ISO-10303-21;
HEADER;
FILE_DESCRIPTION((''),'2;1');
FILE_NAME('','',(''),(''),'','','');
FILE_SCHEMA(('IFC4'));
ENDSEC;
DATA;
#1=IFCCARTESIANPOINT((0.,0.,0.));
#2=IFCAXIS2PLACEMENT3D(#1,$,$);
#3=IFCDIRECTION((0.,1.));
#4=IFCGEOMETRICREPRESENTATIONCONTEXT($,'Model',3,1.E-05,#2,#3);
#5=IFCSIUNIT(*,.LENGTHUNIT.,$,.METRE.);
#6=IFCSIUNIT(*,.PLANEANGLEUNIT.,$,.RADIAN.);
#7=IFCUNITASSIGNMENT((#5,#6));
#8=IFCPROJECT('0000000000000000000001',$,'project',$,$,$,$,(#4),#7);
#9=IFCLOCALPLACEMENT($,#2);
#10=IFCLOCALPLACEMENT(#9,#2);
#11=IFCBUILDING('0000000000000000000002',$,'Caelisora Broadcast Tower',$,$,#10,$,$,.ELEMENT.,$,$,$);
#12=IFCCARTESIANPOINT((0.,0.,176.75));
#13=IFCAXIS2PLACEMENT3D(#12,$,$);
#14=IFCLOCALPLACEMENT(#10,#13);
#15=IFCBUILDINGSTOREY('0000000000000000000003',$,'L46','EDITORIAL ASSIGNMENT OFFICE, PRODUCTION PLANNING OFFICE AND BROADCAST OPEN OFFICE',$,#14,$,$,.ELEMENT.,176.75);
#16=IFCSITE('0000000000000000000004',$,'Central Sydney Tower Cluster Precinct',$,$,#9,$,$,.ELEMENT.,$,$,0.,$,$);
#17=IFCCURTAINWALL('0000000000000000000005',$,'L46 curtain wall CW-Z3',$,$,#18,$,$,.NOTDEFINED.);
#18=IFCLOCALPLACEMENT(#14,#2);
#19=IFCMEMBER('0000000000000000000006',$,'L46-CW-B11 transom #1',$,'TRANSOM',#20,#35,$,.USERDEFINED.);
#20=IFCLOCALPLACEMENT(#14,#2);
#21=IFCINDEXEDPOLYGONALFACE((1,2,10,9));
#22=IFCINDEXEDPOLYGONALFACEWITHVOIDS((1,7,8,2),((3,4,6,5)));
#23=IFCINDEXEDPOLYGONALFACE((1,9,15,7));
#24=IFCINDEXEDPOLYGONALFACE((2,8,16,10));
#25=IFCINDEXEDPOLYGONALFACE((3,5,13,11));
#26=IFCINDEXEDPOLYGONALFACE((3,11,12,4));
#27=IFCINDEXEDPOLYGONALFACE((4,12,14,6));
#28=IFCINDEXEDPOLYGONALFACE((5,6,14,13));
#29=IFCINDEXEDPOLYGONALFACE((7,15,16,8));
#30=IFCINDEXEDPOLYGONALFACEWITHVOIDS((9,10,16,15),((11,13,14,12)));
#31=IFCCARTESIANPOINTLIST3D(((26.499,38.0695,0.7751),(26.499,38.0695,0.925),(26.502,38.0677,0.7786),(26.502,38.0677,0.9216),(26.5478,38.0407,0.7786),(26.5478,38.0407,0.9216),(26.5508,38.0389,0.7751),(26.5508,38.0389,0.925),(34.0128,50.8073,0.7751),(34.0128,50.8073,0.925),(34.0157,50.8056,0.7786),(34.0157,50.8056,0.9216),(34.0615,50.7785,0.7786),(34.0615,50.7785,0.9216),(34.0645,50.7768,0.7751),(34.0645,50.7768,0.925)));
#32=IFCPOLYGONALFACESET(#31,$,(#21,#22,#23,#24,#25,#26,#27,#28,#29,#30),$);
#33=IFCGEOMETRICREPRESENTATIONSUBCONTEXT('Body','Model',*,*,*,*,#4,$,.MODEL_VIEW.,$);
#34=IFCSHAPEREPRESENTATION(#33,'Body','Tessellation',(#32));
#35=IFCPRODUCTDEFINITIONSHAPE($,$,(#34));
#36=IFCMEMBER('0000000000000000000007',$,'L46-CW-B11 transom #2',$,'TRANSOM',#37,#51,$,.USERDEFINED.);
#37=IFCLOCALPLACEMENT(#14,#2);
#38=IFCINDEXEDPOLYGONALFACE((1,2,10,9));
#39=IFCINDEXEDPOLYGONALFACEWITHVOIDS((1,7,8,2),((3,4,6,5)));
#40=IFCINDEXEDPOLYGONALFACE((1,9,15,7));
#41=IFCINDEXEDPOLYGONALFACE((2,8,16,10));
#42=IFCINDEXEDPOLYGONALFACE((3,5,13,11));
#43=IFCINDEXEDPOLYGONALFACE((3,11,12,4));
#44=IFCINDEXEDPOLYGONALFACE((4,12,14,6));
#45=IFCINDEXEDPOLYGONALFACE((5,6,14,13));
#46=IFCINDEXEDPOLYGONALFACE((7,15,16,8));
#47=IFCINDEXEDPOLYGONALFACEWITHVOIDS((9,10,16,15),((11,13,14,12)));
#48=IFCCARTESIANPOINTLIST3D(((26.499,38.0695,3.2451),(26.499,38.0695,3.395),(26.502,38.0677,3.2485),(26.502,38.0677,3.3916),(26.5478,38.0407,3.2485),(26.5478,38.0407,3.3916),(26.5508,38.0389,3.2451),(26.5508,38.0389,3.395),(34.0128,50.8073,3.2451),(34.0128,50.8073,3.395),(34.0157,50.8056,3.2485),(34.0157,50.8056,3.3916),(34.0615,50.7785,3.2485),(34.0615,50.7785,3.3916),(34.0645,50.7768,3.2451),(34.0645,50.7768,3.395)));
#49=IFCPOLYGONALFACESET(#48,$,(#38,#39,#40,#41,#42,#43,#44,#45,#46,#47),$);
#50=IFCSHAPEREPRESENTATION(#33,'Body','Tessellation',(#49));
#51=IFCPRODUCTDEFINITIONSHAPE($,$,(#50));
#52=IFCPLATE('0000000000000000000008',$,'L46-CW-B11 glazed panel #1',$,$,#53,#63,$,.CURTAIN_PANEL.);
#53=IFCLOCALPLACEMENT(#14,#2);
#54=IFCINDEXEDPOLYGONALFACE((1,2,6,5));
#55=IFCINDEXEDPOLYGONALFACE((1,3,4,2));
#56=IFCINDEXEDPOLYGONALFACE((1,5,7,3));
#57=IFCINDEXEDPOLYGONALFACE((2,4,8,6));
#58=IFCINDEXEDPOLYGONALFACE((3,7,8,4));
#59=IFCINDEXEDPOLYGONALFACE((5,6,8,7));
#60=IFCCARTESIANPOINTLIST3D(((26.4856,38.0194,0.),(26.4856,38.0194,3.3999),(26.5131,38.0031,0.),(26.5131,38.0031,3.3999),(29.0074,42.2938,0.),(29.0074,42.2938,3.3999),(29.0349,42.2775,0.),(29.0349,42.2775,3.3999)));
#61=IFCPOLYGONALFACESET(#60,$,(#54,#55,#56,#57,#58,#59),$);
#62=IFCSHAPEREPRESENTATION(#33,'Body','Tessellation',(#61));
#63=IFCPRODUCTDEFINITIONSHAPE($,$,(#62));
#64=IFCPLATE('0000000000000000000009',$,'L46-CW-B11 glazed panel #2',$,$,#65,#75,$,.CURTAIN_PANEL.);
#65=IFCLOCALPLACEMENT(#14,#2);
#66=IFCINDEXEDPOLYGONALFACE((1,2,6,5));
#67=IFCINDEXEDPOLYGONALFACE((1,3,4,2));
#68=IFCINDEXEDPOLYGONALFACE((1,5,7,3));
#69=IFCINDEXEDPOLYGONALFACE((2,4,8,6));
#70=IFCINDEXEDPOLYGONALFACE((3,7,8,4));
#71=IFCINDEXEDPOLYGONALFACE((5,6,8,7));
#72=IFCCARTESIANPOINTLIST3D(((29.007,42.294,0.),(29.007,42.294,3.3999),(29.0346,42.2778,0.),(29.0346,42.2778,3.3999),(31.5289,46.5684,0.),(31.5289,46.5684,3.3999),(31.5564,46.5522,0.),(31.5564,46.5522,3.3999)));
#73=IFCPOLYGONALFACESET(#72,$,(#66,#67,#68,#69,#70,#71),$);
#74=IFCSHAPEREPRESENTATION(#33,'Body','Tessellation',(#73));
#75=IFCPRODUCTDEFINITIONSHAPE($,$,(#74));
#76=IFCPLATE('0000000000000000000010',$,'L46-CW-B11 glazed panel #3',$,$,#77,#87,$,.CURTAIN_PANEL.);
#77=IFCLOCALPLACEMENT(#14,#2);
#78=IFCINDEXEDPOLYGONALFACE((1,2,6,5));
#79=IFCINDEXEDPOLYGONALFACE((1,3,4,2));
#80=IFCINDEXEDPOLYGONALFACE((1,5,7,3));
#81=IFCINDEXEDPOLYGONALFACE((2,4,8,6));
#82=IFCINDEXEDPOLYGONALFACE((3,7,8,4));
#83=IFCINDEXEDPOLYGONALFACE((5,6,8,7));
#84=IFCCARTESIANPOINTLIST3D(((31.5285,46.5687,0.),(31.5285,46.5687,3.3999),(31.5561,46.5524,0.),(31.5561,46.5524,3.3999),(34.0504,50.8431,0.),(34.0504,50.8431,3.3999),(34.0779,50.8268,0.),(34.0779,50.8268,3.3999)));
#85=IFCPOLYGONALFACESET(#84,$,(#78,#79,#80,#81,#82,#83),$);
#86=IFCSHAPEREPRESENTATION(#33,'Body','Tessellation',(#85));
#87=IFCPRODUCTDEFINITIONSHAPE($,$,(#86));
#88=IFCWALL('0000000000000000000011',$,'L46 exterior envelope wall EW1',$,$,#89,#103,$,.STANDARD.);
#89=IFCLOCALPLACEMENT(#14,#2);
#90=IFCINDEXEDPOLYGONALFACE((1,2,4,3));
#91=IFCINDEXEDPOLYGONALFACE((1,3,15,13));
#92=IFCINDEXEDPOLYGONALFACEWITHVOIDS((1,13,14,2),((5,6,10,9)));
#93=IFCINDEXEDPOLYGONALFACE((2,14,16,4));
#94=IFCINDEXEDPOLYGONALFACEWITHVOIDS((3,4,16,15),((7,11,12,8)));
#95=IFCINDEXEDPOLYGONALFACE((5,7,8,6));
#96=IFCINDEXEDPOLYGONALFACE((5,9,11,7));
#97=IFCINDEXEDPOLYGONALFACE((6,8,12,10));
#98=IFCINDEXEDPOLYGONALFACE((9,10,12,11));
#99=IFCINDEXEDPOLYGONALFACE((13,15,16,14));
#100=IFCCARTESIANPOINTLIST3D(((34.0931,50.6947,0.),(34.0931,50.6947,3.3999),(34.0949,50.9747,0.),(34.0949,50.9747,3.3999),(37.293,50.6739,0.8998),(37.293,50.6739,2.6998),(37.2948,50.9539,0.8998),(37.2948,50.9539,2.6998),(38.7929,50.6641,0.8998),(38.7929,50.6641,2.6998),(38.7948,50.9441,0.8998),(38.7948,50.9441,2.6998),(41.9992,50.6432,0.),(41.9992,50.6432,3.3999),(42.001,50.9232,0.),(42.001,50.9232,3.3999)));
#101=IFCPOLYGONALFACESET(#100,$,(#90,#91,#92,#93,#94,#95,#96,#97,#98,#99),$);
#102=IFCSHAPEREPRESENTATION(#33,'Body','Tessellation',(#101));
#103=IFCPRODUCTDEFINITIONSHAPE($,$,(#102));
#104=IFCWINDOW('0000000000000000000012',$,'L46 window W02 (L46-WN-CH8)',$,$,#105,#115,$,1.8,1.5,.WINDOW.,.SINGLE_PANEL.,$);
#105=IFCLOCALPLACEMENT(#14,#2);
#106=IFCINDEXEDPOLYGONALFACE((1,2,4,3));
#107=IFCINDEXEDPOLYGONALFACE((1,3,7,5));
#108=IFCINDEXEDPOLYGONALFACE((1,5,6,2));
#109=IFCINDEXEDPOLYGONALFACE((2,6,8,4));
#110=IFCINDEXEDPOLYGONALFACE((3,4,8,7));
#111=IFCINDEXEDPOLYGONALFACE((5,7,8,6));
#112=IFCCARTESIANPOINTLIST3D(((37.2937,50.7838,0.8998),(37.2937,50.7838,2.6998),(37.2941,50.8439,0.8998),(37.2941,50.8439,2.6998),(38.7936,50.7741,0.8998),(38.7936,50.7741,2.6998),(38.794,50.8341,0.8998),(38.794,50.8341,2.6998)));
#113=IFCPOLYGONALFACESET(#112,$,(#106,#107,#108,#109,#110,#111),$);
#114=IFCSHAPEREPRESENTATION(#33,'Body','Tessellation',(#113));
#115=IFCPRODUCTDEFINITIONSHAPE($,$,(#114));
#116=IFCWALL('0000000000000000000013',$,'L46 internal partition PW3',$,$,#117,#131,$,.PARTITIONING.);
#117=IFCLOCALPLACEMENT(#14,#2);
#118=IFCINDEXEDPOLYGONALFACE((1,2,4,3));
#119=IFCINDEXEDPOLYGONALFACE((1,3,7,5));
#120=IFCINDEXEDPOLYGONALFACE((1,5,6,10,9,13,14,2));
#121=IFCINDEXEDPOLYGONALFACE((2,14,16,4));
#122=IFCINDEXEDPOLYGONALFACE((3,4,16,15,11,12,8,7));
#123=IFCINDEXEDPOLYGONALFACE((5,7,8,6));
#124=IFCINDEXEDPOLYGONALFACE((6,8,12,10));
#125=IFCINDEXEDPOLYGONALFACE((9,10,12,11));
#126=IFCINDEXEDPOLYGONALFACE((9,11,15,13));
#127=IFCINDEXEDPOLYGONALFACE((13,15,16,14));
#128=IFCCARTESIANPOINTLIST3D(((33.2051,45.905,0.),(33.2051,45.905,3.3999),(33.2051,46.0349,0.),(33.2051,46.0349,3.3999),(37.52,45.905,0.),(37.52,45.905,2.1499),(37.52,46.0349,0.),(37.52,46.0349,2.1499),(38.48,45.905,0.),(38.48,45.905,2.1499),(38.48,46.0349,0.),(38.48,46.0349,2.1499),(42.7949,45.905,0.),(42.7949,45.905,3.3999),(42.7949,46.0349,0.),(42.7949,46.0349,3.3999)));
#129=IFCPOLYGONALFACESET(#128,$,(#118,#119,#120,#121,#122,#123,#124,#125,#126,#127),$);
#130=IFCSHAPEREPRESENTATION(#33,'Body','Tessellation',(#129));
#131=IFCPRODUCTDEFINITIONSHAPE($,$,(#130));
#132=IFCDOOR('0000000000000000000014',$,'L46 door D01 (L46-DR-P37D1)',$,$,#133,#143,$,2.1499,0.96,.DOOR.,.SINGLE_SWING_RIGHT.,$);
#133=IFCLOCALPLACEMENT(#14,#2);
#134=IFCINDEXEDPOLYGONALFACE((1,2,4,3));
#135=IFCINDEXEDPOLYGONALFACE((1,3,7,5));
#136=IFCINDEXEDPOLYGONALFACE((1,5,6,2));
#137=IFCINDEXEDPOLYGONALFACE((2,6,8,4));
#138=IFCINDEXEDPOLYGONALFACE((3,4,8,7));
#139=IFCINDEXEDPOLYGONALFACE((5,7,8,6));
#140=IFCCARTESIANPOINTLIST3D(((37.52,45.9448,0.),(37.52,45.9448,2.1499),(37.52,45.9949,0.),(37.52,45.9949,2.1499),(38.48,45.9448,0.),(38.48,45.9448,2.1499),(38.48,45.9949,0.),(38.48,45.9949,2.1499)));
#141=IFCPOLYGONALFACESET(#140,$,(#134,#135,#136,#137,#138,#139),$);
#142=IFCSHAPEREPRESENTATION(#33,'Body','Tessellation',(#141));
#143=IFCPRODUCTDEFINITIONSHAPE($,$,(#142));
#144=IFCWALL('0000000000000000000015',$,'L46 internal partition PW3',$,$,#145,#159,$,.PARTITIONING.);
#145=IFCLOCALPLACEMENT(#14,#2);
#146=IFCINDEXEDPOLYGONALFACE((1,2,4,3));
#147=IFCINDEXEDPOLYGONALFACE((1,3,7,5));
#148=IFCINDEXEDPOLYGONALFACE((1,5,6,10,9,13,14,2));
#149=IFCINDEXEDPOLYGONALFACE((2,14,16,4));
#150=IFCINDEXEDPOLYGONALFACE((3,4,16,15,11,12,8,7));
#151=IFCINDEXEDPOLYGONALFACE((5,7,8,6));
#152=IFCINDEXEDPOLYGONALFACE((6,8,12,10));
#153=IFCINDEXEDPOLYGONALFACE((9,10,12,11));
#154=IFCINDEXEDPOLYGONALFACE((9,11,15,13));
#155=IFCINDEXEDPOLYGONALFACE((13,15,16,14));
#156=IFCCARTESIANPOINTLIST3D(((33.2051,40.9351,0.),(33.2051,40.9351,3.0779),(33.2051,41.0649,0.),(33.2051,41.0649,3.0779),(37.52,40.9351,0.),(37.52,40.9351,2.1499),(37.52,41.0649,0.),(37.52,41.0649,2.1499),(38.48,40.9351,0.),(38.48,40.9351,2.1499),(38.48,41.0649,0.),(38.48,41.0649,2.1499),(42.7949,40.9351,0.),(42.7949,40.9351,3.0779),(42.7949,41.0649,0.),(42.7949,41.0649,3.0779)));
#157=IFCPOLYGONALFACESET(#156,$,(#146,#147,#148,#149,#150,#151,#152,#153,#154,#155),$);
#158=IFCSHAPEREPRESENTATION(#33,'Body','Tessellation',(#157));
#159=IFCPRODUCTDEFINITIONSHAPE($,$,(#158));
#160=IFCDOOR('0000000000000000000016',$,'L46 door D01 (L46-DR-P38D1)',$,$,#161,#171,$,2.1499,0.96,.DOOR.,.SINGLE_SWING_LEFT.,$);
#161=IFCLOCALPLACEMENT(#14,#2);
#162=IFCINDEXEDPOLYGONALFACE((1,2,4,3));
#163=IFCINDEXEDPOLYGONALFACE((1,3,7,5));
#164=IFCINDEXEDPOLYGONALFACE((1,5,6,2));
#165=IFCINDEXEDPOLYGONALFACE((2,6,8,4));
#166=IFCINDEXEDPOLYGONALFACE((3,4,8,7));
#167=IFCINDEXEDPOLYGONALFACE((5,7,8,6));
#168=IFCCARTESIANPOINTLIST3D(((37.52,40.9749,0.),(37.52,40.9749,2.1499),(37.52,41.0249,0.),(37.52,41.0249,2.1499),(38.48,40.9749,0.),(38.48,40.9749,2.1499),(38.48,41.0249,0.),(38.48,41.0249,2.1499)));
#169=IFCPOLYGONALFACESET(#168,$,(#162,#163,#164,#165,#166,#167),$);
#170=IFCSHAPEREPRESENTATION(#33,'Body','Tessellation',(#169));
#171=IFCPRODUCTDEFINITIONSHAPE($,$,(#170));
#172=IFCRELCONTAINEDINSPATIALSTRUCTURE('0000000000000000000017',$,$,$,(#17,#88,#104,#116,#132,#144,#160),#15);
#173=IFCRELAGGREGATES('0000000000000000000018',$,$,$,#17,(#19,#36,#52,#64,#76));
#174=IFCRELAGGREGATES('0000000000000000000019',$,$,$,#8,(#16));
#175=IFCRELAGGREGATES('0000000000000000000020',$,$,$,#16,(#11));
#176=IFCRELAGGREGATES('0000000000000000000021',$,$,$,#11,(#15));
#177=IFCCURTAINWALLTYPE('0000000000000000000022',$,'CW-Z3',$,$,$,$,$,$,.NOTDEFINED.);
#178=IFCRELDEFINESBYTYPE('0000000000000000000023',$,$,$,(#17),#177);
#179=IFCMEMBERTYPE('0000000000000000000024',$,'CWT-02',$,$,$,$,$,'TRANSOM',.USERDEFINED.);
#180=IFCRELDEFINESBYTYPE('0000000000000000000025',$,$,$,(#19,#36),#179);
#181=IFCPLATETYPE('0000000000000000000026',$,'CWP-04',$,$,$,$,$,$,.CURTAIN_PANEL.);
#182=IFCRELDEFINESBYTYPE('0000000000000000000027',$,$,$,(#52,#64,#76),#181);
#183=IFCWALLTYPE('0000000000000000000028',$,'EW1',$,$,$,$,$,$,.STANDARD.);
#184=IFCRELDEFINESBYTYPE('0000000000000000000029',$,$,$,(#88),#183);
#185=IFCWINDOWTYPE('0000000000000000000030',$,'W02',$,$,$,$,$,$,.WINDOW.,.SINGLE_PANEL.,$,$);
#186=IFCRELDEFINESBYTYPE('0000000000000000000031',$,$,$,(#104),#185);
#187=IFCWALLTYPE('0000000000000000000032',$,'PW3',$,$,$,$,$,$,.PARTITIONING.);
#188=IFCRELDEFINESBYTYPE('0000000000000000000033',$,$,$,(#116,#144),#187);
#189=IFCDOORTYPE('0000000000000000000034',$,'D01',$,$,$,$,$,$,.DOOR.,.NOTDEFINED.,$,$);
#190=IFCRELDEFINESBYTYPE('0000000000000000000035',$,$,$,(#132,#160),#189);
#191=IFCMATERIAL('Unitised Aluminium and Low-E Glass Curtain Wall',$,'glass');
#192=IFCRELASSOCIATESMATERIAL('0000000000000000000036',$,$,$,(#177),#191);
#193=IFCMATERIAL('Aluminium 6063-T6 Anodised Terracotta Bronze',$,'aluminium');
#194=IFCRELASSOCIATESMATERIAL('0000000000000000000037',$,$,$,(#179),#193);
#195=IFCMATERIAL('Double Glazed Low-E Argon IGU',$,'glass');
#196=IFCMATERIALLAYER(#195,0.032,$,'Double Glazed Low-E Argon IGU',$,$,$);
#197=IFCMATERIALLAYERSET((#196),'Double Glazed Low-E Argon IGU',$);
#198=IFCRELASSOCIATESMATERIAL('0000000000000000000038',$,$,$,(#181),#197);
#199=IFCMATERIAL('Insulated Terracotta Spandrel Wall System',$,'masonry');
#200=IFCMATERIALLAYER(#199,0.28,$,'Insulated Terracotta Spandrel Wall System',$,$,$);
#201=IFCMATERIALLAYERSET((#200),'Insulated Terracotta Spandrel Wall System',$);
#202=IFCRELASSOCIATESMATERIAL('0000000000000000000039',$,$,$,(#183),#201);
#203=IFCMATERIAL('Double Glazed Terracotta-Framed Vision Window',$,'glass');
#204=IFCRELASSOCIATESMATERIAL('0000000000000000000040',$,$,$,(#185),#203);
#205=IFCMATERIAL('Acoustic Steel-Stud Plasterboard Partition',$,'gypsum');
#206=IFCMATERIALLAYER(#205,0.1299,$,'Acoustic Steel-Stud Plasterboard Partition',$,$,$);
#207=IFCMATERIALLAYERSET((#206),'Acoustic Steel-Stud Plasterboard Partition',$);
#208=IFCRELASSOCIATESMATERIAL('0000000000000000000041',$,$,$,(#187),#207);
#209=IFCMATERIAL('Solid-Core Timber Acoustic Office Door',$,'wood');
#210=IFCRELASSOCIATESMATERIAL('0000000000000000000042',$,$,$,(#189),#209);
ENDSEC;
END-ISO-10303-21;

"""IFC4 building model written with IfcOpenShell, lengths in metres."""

from ifc_helpers import new_model, si_unit, direction, frame, frame_2d, origin, origin_2d, place, context, subcontext, project, spatial, rectangle, hollow_rectangle, extrude, source, transform, mapped, material, layer, layer_set, material_profile, profile_set, type_object, type_shapes, element, fill, aggregate, save


model = new_model("IFC4")

# Units and contexts
model_context = context("Model", 3, precision=1e-05, world=origin(), true_north=direction((0.0, 1.0)))
body_context = subcontext(model_context, "Body", "Model", "MODEL_VIEW")
ifc_project = project(units=[si_unit("LENGTHUNIT", "METRE"), si_unit("PLANEANGLEUNIT", "RADIAN")], contexts=[model_context])

# Site, building, storey
site_placement = place(None, origin())
site = spatial("IfcSite", under=ifc_project, at=site_placement, Name="Central Sydney Tower Cluster Precinct", CompositionType="ELEMENT", RefElevation=0.0)
building_placement = place(site_placement, origin())
building = spatial("IfcBuilding", under=site, at=building_placement, Name="Caelisora Broadcast Tower", CompositionType="ELEMENT")
storey_placement = place(building_placement, frame((0.0, 0.0, 176.75)))
storey = spatial("IfcBuildingStorey", under=building, at=storey_placement, Name="L46", Description="EDITORIAL ASSIGNMENT OFFICE, PRODUCTION PLANNING OFFICE AND BROADCAST OPEN OFFICE", CompositionType="ELEMENT", Elevation=176.75)

# Curtain wall, members, plates
ifc_material_1 = material(Name="Unitised Aluminium and Low-E Glass Curtain Wall", Category="glass")
curtain_wall_type = type_object("IfcCurtainWallType", Name="CW-Z3", PredefinedType="NOTDEFINED", material=ifc_material_1)
curtain_wall_placement = place(storey_placement, origin())
curtain_wall = element("IfcCurtainWall", 1, at=curtain_wall_placement, inside=storey, type_object=curtain_wall_type, Name="L46 curtain wall CW-Z3", PredefinedType="NOTDEFINED")
ifc_material_2 = material(Name="Aluminium 6063-T6 Anodised Terracotta Bronze", Category="aluminium")
ifc_material_profile_1 = material_profile(ifc_material_2, hollow_rectangle(XDim=0.0601, YDim=0.1499, WallThickness=0.0034, at=origin_2d()), Name="Aluminium 6063-T6 Anodised Terracotta Bronze")
ifc_profile_set_1 = profile_set([ifc_material_profile_1], Name="Aluminium 6063-T6 Anodised Terracotta Bronze")
member_type_1 = type_object("IfcMemberType", Name="CWT-02", ElementType="TRANSOM", PredefinedType="USERDEFINED", material=ifc_profile_set_1)
shared_shape_1 = source(origin(), body_context, "Body", "SweptSolid", [
    extrude(hollow_rectangle(XDim=0.0601, YDim=0.1499, WallThickness=0.0034, at=origin_2d()), origin(), (0.0, 0.0, 1.0), 14.7888),
])
type_shapes(member_type_1, [shared_shape_1])
member_1_placement = place(storey_placement, frame((26.5249, 38.0542, 0.8501), z_axis=(0.508067, 0.861317, 0.0), x_axis=(-0.861317, 0.508067, 0.0)))
member_1 = element("IfcMember", 2, at=member_1_placement, type_object=member_type_1, Name="L46-CW-B11 transom #1", ObjectType="TRANSOM", PredefinedType="USERDEFINED", context=body_context, shape_type="MappedRepresentation", body=[
    mapped(shared_shape_1, transform((0.0, 0.0, 0.0), scale=1.0)),
])
member_2_placement = place(storey_placement, frame((26.5249, 38.0542, 3.3201), z_axis=(0.508067, 0.861317, 0.0), x_axis=(-0.861317, 0.508067, 0.0)))
member_2 = element("IfcMember", 3, at=member_2_placement, type_object=member_type_1, Name="L46-CW-B11 transom #2", ObjectType="TRANSOM", PredefinedType="USERDEFINED", context=body_context, shape_type="MappedRepresentation", body=[
    mapped(shared_shape_1, transform((0.0, 0.0, 0.0), scale=1.0)),
])
ifc_material_3 = material(Name="Double Glazed Low-E Argon IGU", Category="glass")
ifc_layer_1 = layer(ifc_material_3, 0.032, Name="Double Glazed Low-E Argon IGU")
ifc_layer_set_1 = layer_set([ifc_layer_1], Name="Double Glazed Low-E Argon IGU")
plate_type = type_object("IfcPlateType", Name="CWP-04", PredefinedType="CURTAIN_PANEL", material=ifc_layer_set_1)
shared_shape_2 = source(origin(), body_context, "Body", "SweptSolid", [
    extrude(rectangle(XDim=4.9629, YDim=0.032, at=origin_2d()), origin(), (0.0, 0.0, 1.0), 3.3999),
])
type_shapes(plate_type, [shared_shape_2])
plate_1_placement = place(storey_placement, frame((27.7603, 40.1484, 0.0), z_axis=(0.0, 0.0, 1.0), x_axis=(0.50814, 0.861275, 0.0)))
plate_1 = element("IfcPlate", 4, at=plate_1_placement, type_object=plate_type, Name="L46-CW-B11 glazed panel #1", PredefinedType="CURTAIN_PANEL", context=body_context, shape_type="MappedRepresentation", body=[
    mapped(shared_shape_2, transform((0.0, 0.0, 0.0), scale=1.0)),
])
plate_2_placement = place(storey_placement, frame((30.2817, 44.4231, 0.0), z_axis=(0.0, 0.0, 1.0), x_axis=(0.50814, 0.861275, 0.0)))
plate_2 = element("IfcPlate", 5, at=plate_2_placement, type_object=plate_type, Name="L46-CW-B11 glazed panel #2", PredefinedType="CURTAIN_PANEL", context=body_context, shape_type="MappedRepresentation", body=[
    mapped(shared_shape_2, transform((0.0, 0.0, 0.0), scale=1.0)),
])
plate_3_placement = place(storey_placement, frame((32.8032, 48.6978, 0.0), z_axis=(0.0, 0.0, 1.0), x_axis=(0.50814, 0.861275, 0.0)))
plate_3 = element("IfcPlate", 6, at=plate_3_placement, type_object=plate_type, Name="L46-CW-B11 glazed panel #3", PredefinedType="CURTAIN_PANEL", context=body_context, shape_type="MappedRepresentation", body=[
    mapped(shared_shape_2, transform((0.0, 0.0, 0.0), scale=1.0)),
])
aggregate(curtain_wall, [member_1, member_2, plate_1, plate_2, plate_3])

# Wall, opening, window
ifc_material_4 = material(Name="Insulated Terracotta Spandrel Wall System", Category="masonry")
ifc_layer_2 = layer(ifc_material_4, 0.28, Name="Insulated Terracotta Spandrel Wall System")
ifc_layer_set_2 = layer_set([ifc_layer_2], Name="Insulated Terracotta Spandrel Wall System")
wall_type_1 = type_object("IfcWallType", Name="EW1", PredefinedType="STANDARD", material=ifc_layer_set_2)
wall_1_placement = place(storey_placement, frame((34.094, 50.8347, 0.0), z_axis=(0.0, 0.0, 1.0), x_axis=(0.999979, -0.006516, 0.0)))
wall_1 = element("IfcWall", 7, at=wall_1_placement, inside=storey, type_object=wall_type_1, Name="L46 exterior envelope wall EW1", PredefinedType="STANDARD", context=body_context, shape_type="SweptSolid", body=[
    extrude(rectangle(XDim=7.9062, YDim=0.28, at=frame_2d((3.9531, 0.0))), origin(), (0.0, 0.0, 1.0), 3.3999),
])
opening_1_placement = place(wall_1_placement, frame((3.2, 0.0, 0.8999)))
opening_1 = element("IfcOpeningElement", 8, at=opening_1_placement, cuts=wall_1, PredefinedType="OPENING", context=body_context, shape_type="SweptSolid", body=[
    extrude(rectangle(XDim=1.5, YDim=1.8, at=frame_2d((0.75, 0.8999))), frame((0.0, 0.1521, 0.0), z_axis=(0.0, -1.0, 0.0), x_axis=(1.0, 0.0, 0.0)), (0.0, 0.0, 1.0), 0.304),
])
ifc_material_5 = material(Name="Double Glazed Terracotta-Framed Vision Window", Category="glass")
window_type = type_object("IfcWindowType", Name="W02", PartitioningType="SINGLE_PANEL", PredefinedType="WINDOW", material=ifc_material_5)
window_placement = place(opening_1_placement, origin())
window = element("IfcWindow", 9, at=window_placement, inside=storey, type_object=window_type, Name="L46 window W02 (L46-WN-CH8)", OverallHeight=1.8, OverallWidth=1.5, PartitioningType="SINGLE_PANEL", PredefinedType="WINDOW", context=body_context, shape_type="SweptSolid", body=[
    extrude(rectangle(XDim=1.5, YDim=1.8, at=frame_2d((0.75, 0.8999))), frame((0.0, 0.03, 0.0), z_axis=(0.0, -1.0, 0.0), x_axis=(1.0, 0.0, 0.0)), (0.0, 0.0, 1.0), 0.0601),
])
fill(opening_1, window)

# Walls, openings, doors
ifc_material_6 = material(Name="Acoustic Steel-Stud Plasterboard Partition", Category="gypsum")
ifc_layer_3 = layer(ifc_material_6, 0.1299, Name="Acoustic Steel-Stud Plasterboard Partition")
ifc_layer_set_3 = layer_set([ifc_layer_3], Name="Acoustic Steel-Stud Plasterboard Partition")
wall_type_2 = type_object("IfcWallType", Name="PW3", PredefinedType="PARTITIONING", material=ifc_layer_set_3)
wall_2_placement = place(storey_placement, frame((33.2051, 45.97, 0.0), z_axis=(0.0, 0.0, 1.0), x_axis=(1.0, 0.0, 0.0)))
wall_2 = element("IfcWall", 10, at=wall_2_placement, inside=storey, type_object=wall_type_2, Name="L46 internal partition PW3", PredefinedType="PARTITIONING", context=body_context, shape_type="SweptSolid", body=[
    extrude(rectangle(XDim=9.5898, YDim=0.1299, at=frame_2d((4.7949, 0.0))), origin(), (0.0, 0.0, 1.0), 3.3999),
])
opening_2_placement = place(wall_2_placement, frame((4.3149, 0.0, 0.0)))
opening_2 = element("IfcOpeningElement", 11, at=opening_2_placement, cuts=wall_2, PredefinedType="OPENING", context=body_context, shape_type="SweptSolid", body=[
    extrude(rectangle(XDim=0.96, YDim=2.1499, at=frame_2d((0.48, 1.075))), frame((0.0, 0.0769, 0.0), z_axis=(0.0, -1.0, 0.0), x_axis=(1.0, 0.0, 0.0)), (0.0, 0.0, 1.0), 0.1538),
])
ifc_material_7 = material(Name="Solid-Core Timber Acoustic Office Door", Category="wood")
door_type = type_object("IfcDoorType", Name="D01", OperationType="NOTDEFINED", PredefinedType="DOOR", material=ifc_material_7)
door_1_placement = place(opening_2_placement, origin())
door_1 = element("IfcDoor", 12, at=door_1_placement, inside=storey, type_object=door_type, Name="L46 door D01 (L46-DR-P37D1)", OperationType="SINGLE_SWING_RIGHT", OverallHeight=2.1499, OverallWidth=0.96, PredefinedType="DOOR", context=body_context, shape_type="SweptSolid", body=[
    extrude(rectangle(XDim=0.96, YDim=2.1499, at=frame_2d((0.48, 1.075))), frame((0.0, 0.0249, 0.0), z_axis=(0.0, -1.0, 0.0), x_axis=(1.0, 0.0, 0.0)), (0.0, 0.0, 1.0), 0.05),
])
fill(opening_2, door_1)
wall_3_placement = place(storey_placement, frame((33.2051, 41.0, 0.0), z_axis=(0.0, 0.0, 1.0), x_axis=(1.0, 0.0, 0.0)))
wall_3 = element("IfcWall", 13, at=wall_3_placement, inside=storey, type_object=wall_type_2, Name="L46 internal partition PW3", PredefinedType="PARTITIONING", context=body_context, shape_type="SweptSolid", body=[
    extrude(rectangle(XDim=9.5898, YDim=0.1299, at=frame_2d((4.7949, 0.0))), origin(), (0.0, 0.0, 1.0), 3.0779),
])
opening_3_placement = place(wall_3_placement, frame((4.3149, 0.0, 0.0)))
opening_3 = element("IfcOpeningElement", 14, at=opening_3_placement, cuts=wall_3, PredefinedType="OPENING", context=body_context, shape_type="SweptSolid", body=[
    extrude(rectangle(XDim=0.96, YDim=2.1499, at=frame_2d((0.48, 1.075))), frame((0.0, 0.0769, 0.0), z_axis=(0.0, -1.0, 0.0), x_axis=(1.0, 0.0, 0.0)), (0.0, 0.0, 1.0), 0.1538),
])
door_2_placement = place(opening_3_placement, origin())
door_2 = element("IfcDoor", 15, at=door_2_placement, inside=storey, type_object=door_type, Name="L46 door D01 (L46-DR-P38D1)", OperationType="SINGLE_SWING_LEFT", OverallHeight=2.1499, OverallWidth=0.96, PredefinedType="DOOR", context=body_context, shape_type="SweptSolid", body=[
    extrude(rectangle(XDim=0.96, YDim=2.1499, at=frame_2d((0.48, 1.075))), frame((0.0, 0.0249, 0.0), z_axis=(0.0, -1.0, 0.0), x_axis=(1.0, 0.0, 0.0)), (0.0, 0.0, 1.0), 0.05),
])
fill(opening_3, door_2)

save(model, "model.ifc")
